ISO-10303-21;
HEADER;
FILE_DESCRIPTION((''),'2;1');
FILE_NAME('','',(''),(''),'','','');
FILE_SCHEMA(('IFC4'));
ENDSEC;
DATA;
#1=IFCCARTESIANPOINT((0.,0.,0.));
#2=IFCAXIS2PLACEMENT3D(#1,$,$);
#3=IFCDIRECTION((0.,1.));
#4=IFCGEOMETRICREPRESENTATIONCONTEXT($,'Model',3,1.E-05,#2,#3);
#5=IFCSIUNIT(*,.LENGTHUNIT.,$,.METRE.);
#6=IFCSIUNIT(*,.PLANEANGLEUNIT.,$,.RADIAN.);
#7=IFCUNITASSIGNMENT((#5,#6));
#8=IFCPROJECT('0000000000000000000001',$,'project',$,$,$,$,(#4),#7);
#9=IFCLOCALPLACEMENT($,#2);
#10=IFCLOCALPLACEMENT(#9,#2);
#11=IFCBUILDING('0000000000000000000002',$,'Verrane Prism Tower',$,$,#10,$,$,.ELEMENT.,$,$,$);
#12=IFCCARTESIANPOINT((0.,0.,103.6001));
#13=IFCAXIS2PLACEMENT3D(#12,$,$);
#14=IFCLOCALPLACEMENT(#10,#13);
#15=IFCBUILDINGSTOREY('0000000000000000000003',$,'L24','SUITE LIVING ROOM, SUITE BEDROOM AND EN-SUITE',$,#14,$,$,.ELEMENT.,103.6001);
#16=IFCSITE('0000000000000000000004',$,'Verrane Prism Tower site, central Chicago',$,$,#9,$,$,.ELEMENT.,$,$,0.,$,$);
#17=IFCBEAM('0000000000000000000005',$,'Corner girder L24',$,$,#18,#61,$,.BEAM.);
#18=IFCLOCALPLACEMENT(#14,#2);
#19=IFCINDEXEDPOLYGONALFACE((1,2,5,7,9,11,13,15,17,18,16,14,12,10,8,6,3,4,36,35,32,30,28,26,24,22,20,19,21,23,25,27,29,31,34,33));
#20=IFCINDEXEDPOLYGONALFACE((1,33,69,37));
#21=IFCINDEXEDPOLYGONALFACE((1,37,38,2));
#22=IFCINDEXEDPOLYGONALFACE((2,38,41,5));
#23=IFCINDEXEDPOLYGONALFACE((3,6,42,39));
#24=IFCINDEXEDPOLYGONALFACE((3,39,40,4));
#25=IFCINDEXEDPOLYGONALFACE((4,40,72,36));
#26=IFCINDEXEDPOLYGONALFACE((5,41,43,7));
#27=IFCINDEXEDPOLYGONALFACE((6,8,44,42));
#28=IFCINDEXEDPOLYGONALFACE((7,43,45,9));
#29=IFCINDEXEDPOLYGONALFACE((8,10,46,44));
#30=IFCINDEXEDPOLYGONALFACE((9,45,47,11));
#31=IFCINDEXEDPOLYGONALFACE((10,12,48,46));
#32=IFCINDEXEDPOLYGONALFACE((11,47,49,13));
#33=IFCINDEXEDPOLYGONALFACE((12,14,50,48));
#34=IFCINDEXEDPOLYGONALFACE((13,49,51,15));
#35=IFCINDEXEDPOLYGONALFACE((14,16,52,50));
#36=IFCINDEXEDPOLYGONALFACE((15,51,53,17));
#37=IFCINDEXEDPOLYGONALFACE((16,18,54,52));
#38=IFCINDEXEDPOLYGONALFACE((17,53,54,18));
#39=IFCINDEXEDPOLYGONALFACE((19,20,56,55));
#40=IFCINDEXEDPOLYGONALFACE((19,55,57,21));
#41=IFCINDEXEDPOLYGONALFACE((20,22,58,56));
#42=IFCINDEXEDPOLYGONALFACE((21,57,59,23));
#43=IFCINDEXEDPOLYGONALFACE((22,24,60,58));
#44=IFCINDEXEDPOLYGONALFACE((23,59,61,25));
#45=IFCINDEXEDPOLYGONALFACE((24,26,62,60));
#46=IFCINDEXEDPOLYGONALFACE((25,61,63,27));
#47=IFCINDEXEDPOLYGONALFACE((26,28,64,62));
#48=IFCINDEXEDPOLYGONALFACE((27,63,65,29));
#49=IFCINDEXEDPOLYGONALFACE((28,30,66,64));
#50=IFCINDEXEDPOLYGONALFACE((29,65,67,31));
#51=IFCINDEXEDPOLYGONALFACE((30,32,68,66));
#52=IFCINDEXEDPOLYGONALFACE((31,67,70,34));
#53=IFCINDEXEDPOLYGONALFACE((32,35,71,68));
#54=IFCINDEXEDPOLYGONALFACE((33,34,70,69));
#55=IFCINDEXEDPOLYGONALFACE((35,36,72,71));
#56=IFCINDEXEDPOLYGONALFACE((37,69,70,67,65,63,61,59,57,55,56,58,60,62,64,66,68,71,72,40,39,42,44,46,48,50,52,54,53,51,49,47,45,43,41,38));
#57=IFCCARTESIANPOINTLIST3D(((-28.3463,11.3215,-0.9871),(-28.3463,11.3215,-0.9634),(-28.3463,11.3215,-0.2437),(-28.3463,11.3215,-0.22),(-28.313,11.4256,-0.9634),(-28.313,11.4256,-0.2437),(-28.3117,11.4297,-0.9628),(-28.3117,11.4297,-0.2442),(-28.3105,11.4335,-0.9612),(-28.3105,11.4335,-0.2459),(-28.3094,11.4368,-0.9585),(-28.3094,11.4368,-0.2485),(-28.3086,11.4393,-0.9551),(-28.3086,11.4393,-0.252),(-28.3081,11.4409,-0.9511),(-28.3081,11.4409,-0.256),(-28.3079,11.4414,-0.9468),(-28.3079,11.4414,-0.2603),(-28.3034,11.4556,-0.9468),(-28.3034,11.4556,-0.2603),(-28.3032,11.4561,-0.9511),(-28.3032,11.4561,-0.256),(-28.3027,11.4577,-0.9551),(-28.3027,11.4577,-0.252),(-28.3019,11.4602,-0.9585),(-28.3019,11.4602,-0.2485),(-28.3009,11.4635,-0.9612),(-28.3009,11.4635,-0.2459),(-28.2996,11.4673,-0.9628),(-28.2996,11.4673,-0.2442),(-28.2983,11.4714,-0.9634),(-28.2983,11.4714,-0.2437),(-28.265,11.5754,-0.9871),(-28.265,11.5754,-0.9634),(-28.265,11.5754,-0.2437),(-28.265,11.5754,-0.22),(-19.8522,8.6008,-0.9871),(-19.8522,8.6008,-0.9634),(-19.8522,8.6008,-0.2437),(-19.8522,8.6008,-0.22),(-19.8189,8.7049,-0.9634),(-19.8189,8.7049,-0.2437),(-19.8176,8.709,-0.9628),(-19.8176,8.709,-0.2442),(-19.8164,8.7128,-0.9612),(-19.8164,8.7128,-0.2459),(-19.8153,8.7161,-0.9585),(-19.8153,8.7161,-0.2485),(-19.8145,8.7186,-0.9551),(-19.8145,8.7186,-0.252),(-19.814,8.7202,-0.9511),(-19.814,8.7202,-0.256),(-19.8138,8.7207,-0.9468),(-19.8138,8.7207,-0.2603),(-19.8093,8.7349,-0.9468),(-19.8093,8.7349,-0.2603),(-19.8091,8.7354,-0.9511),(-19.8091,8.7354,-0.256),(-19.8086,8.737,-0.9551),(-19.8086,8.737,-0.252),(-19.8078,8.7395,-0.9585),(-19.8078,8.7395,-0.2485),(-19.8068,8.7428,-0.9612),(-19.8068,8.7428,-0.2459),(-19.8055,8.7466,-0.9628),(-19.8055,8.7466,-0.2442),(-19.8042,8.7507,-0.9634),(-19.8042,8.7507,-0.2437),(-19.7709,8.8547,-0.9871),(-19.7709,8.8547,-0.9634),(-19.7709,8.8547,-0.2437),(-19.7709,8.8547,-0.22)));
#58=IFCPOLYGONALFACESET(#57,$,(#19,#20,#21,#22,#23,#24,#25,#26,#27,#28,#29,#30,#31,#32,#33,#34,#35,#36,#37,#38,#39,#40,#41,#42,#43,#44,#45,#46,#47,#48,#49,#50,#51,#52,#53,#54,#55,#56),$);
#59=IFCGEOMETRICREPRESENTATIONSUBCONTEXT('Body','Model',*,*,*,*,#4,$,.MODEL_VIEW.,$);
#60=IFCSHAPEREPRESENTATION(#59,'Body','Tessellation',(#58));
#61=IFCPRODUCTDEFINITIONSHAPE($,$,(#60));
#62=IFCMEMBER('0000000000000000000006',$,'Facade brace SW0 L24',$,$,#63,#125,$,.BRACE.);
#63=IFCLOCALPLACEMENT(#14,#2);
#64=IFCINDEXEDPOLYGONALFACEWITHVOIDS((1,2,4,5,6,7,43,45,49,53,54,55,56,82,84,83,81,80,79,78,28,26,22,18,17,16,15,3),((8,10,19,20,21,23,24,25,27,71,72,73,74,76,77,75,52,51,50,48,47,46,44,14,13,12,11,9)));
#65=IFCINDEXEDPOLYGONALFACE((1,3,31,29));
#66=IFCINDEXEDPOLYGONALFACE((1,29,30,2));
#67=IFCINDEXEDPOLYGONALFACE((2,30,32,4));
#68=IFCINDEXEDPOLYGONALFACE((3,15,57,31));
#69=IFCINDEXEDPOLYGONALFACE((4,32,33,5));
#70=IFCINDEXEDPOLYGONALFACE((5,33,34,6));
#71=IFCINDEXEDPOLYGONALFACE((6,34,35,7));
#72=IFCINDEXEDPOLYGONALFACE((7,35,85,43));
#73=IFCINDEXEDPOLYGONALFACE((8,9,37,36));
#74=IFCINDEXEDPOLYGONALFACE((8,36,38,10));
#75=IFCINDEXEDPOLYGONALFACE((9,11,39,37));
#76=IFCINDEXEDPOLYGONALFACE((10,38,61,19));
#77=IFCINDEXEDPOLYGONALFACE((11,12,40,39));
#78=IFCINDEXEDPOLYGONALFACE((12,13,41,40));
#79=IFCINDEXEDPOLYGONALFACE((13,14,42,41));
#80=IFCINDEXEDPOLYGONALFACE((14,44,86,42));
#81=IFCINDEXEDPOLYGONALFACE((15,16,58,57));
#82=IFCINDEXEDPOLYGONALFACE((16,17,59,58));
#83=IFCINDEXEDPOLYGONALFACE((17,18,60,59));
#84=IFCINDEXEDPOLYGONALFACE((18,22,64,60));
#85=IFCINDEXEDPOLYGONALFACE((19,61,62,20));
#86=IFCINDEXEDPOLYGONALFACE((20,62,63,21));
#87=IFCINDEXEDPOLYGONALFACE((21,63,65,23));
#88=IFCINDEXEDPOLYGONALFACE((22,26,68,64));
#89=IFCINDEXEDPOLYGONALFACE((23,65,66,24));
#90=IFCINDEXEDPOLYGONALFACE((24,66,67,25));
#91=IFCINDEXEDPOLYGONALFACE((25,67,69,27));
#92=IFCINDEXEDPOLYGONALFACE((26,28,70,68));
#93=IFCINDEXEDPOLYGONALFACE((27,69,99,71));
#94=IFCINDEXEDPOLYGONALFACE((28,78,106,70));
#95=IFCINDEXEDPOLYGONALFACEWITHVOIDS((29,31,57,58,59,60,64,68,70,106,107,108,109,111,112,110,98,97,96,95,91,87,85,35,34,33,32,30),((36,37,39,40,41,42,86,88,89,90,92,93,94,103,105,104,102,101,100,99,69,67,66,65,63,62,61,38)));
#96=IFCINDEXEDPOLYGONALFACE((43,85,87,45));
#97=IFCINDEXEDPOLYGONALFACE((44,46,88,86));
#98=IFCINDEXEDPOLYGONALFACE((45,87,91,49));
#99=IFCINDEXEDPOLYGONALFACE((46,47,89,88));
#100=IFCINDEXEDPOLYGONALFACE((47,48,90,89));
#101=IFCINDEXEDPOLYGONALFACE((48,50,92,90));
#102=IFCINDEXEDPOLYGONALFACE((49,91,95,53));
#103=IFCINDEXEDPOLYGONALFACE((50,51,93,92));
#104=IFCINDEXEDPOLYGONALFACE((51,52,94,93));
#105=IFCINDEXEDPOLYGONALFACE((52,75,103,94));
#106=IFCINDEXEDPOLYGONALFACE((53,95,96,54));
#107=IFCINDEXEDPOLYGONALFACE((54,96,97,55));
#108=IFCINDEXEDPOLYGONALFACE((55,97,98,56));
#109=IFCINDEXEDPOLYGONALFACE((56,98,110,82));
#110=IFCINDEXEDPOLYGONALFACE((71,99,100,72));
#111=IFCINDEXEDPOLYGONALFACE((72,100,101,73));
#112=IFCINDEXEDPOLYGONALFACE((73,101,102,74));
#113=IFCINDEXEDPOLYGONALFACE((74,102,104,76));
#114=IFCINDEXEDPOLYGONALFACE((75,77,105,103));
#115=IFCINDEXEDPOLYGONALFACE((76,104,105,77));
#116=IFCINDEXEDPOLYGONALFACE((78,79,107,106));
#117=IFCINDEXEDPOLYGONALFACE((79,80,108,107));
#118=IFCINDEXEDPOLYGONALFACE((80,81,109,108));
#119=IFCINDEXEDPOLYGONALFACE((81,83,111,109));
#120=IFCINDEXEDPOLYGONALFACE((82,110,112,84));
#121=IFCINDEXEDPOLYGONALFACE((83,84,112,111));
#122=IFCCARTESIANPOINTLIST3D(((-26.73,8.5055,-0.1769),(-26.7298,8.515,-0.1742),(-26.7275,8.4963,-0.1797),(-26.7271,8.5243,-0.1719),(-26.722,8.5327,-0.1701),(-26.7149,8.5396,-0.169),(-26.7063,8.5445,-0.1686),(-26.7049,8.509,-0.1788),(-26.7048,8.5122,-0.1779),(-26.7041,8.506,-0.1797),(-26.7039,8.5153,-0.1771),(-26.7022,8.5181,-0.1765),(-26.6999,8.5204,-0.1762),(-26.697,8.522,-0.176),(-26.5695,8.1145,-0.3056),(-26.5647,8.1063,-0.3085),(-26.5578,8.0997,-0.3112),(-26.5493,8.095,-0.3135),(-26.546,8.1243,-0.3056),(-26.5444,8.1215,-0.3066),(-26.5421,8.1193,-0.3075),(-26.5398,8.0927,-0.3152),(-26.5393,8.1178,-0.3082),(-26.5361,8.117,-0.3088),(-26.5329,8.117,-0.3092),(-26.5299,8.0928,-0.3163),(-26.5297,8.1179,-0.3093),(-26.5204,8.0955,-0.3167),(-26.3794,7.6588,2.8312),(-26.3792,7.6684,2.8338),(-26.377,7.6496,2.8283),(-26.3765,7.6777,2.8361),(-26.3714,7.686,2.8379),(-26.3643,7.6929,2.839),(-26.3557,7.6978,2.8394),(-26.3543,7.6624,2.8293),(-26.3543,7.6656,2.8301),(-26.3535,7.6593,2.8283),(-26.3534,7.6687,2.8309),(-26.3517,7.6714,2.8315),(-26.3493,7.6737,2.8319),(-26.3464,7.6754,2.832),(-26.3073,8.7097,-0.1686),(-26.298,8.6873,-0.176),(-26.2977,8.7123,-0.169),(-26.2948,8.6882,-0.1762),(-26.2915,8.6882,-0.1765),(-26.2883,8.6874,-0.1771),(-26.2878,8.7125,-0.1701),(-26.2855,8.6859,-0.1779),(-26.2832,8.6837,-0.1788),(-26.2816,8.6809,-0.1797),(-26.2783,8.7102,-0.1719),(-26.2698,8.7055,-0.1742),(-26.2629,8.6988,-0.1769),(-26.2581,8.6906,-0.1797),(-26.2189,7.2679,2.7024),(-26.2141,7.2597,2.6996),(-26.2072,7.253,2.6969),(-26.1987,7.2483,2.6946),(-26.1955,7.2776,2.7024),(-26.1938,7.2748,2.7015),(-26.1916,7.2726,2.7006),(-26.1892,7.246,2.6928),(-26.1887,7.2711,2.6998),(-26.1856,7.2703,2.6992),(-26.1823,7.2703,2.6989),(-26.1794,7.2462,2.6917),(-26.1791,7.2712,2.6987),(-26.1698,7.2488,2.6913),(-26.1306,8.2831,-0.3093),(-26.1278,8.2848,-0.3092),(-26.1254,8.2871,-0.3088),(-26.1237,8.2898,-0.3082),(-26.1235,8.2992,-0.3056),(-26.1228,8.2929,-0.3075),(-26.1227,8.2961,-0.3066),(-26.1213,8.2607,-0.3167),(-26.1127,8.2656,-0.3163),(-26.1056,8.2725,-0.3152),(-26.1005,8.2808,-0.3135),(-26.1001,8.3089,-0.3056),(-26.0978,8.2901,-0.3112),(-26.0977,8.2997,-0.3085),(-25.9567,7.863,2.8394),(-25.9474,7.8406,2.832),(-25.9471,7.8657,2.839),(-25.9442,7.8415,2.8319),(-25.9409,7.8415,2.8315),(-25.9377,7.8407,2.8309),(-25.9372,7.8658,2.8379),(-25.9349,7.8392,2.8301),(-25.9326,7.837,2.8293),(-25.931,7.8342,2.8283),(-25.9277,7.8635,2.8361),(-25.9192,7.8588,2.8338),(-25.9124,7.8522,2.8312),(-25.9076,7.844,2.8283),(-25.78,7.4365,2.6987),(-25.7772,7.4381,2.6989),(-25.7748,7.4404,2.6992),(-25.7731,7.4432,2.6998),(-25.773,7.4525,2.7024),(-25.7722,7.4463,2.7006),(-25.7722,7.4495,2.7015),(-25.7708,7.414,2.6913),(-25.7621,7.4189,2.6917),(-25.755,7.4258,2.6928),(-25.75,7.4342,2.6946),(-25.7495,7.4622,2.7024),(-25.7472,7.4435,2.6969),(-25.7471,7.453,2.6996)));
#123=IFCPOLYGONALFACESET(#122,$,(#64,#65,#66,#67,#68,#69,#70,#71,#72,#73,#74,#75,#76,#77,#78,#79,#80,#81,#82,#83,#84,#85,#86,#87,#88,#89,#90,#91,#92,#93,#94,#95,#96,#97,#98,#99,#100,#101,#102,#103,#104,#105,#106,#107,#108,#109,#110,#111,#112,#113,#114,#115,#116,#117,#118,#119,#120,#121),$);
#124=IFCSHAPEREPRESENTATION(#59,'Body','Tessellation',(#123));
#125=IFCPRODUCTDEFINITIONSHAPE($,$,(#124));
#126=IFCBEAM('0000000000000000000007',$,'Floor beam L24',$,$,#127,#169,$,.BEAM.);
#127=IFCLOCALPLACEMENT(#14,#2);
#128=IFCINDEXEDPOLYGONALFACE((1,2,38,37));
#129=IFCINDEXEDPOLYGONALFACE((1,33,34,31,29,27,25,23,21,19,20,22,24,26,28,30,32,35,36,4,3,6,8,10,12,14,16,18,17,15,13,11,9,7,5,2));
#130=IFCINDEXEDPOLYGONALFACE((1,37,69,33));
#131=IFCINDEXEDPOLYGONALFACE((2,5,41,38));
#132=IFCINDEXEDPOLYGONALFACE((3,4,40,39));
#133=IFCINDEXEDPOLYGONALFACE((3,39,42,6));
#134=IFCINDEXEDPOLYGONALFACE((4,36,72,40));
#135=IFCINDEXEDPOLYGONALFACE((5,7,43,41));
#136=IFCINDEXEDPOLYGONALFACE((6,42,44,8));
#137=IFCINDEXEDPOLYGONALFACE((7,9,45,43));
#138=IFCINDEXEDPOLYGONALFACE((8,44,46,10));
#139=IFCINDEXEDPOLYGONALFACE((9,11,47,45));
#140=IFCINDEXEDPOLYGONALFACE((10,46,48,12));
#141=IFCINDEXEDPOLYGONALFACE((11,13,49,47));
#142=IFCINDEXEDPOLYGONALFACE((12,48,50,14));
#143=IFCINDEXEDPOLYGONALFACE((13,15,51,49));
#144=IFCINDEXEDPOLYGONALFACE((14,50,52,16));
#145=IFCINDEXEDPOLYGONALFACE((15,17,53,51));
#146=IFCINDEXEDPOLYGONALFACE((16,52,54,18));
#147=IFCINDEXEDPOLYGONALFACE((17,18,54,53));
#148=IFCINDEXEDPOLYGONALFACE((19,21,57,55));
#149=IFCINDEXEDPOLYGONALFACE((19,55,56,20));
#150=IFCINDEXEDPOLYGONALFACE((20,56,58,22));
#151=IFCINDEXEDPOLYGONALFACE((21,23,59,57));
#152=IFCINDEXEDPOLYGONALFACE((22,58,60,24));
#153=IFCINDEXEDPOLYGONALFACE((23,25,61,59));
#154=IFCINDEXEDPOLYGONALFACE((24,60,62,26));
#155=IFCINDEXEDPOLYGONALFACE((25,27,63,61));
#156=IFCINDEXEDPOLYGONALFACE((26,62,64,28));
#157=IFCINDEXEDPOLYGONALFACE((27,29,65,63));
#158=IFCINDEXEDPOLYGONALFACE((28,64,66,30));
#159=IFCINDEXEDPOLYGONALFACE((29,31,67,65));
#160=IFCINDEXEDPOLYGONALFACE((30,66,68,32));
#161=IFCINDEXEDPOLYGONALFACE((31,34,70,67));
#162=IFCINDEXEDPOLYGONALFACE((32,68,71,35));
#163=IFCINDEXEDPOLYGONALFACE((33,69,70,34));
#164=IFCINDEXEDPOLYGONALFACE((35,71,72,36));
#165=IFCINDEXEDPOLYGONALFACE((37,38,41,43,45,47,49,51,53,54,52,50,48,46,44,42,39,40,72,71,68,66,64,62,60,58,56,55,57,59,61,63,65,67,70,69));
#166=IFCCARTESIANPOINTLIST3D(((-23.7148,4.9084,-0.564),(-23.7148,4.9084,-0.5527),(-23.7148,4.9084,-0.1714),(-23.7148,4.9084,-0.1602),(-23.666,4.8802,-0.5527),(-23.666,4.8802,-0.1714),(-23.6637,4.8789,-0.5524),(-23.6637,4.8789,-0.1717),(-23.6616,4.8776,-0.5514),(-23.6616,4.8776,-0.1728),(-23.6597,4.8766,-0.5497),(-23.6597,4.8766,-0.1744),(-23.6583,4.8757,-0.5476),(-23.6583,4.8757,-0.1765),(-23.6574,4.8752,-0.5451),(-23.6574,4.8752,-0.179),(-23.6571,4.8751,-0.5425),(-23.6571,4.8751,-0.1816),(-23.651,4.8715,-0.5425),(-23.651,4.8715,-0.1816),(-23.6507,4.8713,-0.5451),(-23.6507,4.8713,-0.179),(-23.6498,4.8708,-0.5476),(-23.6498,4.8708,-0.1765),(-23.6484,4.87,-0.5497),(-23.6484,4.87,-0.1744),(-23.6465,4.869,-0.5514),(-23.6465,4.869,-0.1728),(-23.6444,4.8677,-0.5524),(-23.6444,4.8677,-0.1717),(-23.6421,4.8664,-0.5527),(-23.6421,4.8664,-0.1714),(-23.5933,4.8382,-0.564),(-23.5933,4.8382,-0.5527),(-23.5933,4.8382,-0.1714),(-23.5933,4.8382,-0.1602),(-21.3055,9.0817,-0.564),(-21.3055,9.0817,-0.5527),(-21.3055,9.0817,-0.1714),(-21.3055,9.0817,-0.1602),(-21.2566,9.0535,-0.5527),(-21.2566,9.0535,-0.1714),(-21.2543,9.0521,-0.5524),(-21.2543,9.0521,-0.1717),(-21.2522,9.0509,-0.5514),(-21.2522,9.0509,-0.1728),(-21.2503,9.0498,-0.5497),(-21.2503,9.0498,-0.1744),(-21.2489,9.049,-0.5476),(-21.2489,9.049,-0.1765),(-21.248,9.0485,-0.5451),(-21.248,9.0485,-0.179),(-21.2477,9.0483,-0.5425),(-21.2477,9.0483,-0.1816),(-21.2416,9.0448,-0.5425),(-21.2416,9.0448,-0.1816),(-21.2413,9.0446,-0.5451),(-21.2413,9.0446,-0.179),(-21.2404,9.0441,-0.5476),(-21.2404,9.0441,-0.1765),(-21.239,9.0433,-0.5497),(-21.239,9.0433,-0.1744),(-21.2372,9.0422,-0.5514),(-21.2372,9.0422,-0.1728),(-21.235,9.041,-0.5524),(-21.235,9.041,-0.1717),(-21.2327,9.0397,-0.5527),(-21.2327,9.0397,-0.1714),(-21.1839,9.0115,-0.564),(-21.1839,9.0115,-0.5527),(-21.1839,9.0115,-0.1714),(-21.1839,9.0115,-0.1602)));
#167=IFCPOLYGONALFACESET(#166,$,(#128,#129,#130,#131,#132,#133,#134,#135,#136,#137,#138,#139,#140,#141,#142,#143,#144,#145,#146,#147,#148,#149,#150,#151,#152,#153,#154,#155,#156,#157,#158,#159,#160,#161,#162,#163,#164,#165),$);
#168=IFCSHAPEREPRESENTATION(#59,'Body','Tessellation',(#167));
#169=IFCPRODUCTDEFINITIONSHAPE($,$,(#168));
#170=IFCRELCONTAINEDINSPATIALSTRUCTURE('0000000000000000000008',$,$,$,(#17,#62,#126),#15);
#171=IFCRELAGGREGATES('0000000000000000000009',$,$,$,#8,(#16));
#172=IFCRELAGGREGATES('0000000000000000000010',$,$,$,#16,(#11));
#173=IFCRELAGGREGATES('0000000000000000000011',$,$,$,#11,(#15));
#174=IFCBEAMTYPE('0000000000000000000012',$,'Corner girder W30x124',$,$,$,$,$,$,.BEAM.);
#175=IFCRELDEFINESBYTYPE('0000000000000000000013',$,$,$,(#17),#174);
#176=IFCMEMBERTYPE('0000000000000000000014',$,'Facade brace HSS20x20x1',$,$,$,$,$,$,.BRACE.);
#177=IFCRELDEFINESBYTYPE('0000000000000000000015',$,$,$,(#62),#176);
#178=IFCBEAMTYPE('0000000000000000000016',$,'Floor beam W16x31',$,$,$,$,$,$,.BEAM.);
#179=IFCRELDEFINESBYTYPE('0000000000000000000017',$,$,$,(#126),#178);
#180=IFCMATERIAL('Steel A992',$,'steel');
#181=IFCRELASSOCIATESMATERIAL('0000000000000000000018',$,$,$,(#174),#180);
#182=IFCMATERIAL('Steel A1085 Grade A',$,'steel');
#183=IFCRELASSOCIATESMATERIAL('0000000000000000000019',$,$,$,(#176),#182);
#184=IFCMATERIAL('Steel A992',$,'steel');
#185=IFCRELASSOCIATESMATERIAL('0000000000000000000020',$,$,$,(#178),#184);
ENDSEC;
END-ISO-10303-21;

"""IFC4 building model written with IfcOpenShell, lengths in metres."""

from ifc_helpers import new_model, si_unit, direction, frame, origin, origin_2d, place, context, subcontext, project, spatial, hollow_rectangle, i_section, extrude, material, material_profile, profile_set, type_object, element, save


model = new_model("IFC4")

# Units and contexts
model_context = context("Model", 3, precision=1e-05, world=origin(), true_north=direction((0.0, 1.0)))
body_context = subcontext(model_context, "Body", "Model", "MODEL_VIEW")
ifc_project = project(units=[si_unit("LENGTHUNIT", "METRE"), si_unit("PLANEANGLEUNIT", "RADIAN")], contexts=[model_context])

# Site, building, storey
site_placement = place(None, origin())
site = spatial("IfcSite", under=ifc_project, at=site_placement, Name="Verrane Prism Tower site, central Chicago", CompositionType="ELEMENT", RefElevation=0.0)
building_placement = place(site_placement, origin())
building = spatial("IfcBuilding", under=site, at=building_placement, Name="Verrane Prism Tower", CompositionType="ELEMENT")
storey_placement = place(building_placement, frame((0.0, 0.0, 103.6001)))
storey = spatial("IfcBuildingStorey", under=building, at=storey_placement, Name="L24", Description="SUITE LIVING ROOM, SUITE BEDROOM AND EN-SUITE", CompositionType="ELEMENT", Elevation=103.6001)

# Beam
ifc_material_1 = material(Name="Steel A992", Category="steel")
ifc_material_profile_1 = material_profile(ifc_material_1, i_section(OverallWidth=0.2666, OverallDepth=0.7671, WebThickness=0.0149, FlangeThickness=0.0237, FilletRadius=0.0166, at=origin_2d()), Name="W30x124")
ifc_profile_set_1 = profile_set([ifc_material_profile_1], Name="Steel A992")
beam_type_1 = type_object("IfcBeamType", Name="Corner girder W30x124", PredefinedType="BEAM", material=ifc_profile_set_1)
beam_1_placement = place(storey_placement, frame((-28.3057, 11.4485, -0.6035), z_axis=(0.95234, -0.305038, 0.0), x_axis=(0.305038, 0.95234, 0.0)))
element("IfcBeam", 1, at=beam_1_placement, inside=storey, type_object=beam_type_1, Name="Corner girder L24", PredefinedType="BEAM", context=body_context, shape_type="SweptSolid", body=[
    extrude(i_section(OverallWidth=0.2666, OverallDepth=0.7671, WebThickness=0.0149, FlangeThickness=0.0237, FilletRadius=0.0166, at=origin_2d()), origin(), (0.0, 0.0, 1.0), 8.9192),
])

# Member
ifc_material_2 = material(Name="Steel A1085 Grade A", Category="steel")
ifc_material_profile_2 = material_profile(ifc_material_2, hollow_rectangle(XDim=0.5081, YDim=0.5081, WallThickness=0.0254, InnerFilletRadius=0.0127, OuterFilletRadius=0.0381, at=origin_2d()), Name="HSS20x20x1")
ifc_profile_set_2 = profile_set([ifc_material_profile_2], Name="Steel A1085 Grade A")
member_type_1 = type_object("IfcMemberType", Name="Facade brace HSS20x20x1", PredefinedType="BRACE", material=ifc_profile_set_2)
member_1_placement = place(storey_placement, frame((-26.4138, 8.4026, -0.2427), z_axis=(0.11149, -0.269253, 0.956594), x_axis=(0.923926, 0.382571, 0.0)))
element("IfcMember", 2, at=member_1_placement, inside=storey, type_object=member_type_1, Name="Facade brace SW0 L24", PredefinedType="BRACE", context=body_context, shape_type="SweptSolid", body=[
    extrude(hollow_rectangle(XDim=0.5081, YDim=0.5081, WallThickness=0.0254, InnerFilletRadius=0.0127, OuterFilletRadius=0.0381, at=origin_2d()), origin(), (0.0, 0.0, 1.0), 3.1445),
])

# Beam
ifc_material_3 = material(Name="Steel A992", Category="steel")
ifc_material_profile_3 = material_profile(ifc_material_3, i_section(OverallWidth=0.1404, OverallDepth=0.4038, WebThickness=0.0071, FlangeThickness=0.0112, FilletRadius=0.0103, at=origin_2d()), Name="W16x31")
ifc_profile_set_3 = profile_set([ifc_material_profile_3], Name="Steel A992")
beam_type_2 = type_object("IfcBeamType", Name="Floor beam W16x31", PredefinedType="BEAM", material=ifc_profile_set_3)
beam_2_placement = place(storey_placement, frame((-23.6541, 4.8733, -0.3621), z_axis=(0.499991, 0.86603, 0.0), x_axis=(-0.86603, 0.499991, 0.0)))
element("IfcBeam", 3, at=beam_2_placement, inside=storey, type_object=beam_type_2, Name="Floor beam L24", PredefinedType="BEAM", context=body_context, shape_type="SweptSolid", body=[
    extrude(i_section(OverallWidth=0.1404, OverallDepth=0.4038, WebThickness=0.0071, FlangeThickness=0.0112, FilletRadius=0.0103, at=origin_2d()), origin(), (0.0, 0.0, 1.0), 4.8188),
])

save(model, "model.ifc")
